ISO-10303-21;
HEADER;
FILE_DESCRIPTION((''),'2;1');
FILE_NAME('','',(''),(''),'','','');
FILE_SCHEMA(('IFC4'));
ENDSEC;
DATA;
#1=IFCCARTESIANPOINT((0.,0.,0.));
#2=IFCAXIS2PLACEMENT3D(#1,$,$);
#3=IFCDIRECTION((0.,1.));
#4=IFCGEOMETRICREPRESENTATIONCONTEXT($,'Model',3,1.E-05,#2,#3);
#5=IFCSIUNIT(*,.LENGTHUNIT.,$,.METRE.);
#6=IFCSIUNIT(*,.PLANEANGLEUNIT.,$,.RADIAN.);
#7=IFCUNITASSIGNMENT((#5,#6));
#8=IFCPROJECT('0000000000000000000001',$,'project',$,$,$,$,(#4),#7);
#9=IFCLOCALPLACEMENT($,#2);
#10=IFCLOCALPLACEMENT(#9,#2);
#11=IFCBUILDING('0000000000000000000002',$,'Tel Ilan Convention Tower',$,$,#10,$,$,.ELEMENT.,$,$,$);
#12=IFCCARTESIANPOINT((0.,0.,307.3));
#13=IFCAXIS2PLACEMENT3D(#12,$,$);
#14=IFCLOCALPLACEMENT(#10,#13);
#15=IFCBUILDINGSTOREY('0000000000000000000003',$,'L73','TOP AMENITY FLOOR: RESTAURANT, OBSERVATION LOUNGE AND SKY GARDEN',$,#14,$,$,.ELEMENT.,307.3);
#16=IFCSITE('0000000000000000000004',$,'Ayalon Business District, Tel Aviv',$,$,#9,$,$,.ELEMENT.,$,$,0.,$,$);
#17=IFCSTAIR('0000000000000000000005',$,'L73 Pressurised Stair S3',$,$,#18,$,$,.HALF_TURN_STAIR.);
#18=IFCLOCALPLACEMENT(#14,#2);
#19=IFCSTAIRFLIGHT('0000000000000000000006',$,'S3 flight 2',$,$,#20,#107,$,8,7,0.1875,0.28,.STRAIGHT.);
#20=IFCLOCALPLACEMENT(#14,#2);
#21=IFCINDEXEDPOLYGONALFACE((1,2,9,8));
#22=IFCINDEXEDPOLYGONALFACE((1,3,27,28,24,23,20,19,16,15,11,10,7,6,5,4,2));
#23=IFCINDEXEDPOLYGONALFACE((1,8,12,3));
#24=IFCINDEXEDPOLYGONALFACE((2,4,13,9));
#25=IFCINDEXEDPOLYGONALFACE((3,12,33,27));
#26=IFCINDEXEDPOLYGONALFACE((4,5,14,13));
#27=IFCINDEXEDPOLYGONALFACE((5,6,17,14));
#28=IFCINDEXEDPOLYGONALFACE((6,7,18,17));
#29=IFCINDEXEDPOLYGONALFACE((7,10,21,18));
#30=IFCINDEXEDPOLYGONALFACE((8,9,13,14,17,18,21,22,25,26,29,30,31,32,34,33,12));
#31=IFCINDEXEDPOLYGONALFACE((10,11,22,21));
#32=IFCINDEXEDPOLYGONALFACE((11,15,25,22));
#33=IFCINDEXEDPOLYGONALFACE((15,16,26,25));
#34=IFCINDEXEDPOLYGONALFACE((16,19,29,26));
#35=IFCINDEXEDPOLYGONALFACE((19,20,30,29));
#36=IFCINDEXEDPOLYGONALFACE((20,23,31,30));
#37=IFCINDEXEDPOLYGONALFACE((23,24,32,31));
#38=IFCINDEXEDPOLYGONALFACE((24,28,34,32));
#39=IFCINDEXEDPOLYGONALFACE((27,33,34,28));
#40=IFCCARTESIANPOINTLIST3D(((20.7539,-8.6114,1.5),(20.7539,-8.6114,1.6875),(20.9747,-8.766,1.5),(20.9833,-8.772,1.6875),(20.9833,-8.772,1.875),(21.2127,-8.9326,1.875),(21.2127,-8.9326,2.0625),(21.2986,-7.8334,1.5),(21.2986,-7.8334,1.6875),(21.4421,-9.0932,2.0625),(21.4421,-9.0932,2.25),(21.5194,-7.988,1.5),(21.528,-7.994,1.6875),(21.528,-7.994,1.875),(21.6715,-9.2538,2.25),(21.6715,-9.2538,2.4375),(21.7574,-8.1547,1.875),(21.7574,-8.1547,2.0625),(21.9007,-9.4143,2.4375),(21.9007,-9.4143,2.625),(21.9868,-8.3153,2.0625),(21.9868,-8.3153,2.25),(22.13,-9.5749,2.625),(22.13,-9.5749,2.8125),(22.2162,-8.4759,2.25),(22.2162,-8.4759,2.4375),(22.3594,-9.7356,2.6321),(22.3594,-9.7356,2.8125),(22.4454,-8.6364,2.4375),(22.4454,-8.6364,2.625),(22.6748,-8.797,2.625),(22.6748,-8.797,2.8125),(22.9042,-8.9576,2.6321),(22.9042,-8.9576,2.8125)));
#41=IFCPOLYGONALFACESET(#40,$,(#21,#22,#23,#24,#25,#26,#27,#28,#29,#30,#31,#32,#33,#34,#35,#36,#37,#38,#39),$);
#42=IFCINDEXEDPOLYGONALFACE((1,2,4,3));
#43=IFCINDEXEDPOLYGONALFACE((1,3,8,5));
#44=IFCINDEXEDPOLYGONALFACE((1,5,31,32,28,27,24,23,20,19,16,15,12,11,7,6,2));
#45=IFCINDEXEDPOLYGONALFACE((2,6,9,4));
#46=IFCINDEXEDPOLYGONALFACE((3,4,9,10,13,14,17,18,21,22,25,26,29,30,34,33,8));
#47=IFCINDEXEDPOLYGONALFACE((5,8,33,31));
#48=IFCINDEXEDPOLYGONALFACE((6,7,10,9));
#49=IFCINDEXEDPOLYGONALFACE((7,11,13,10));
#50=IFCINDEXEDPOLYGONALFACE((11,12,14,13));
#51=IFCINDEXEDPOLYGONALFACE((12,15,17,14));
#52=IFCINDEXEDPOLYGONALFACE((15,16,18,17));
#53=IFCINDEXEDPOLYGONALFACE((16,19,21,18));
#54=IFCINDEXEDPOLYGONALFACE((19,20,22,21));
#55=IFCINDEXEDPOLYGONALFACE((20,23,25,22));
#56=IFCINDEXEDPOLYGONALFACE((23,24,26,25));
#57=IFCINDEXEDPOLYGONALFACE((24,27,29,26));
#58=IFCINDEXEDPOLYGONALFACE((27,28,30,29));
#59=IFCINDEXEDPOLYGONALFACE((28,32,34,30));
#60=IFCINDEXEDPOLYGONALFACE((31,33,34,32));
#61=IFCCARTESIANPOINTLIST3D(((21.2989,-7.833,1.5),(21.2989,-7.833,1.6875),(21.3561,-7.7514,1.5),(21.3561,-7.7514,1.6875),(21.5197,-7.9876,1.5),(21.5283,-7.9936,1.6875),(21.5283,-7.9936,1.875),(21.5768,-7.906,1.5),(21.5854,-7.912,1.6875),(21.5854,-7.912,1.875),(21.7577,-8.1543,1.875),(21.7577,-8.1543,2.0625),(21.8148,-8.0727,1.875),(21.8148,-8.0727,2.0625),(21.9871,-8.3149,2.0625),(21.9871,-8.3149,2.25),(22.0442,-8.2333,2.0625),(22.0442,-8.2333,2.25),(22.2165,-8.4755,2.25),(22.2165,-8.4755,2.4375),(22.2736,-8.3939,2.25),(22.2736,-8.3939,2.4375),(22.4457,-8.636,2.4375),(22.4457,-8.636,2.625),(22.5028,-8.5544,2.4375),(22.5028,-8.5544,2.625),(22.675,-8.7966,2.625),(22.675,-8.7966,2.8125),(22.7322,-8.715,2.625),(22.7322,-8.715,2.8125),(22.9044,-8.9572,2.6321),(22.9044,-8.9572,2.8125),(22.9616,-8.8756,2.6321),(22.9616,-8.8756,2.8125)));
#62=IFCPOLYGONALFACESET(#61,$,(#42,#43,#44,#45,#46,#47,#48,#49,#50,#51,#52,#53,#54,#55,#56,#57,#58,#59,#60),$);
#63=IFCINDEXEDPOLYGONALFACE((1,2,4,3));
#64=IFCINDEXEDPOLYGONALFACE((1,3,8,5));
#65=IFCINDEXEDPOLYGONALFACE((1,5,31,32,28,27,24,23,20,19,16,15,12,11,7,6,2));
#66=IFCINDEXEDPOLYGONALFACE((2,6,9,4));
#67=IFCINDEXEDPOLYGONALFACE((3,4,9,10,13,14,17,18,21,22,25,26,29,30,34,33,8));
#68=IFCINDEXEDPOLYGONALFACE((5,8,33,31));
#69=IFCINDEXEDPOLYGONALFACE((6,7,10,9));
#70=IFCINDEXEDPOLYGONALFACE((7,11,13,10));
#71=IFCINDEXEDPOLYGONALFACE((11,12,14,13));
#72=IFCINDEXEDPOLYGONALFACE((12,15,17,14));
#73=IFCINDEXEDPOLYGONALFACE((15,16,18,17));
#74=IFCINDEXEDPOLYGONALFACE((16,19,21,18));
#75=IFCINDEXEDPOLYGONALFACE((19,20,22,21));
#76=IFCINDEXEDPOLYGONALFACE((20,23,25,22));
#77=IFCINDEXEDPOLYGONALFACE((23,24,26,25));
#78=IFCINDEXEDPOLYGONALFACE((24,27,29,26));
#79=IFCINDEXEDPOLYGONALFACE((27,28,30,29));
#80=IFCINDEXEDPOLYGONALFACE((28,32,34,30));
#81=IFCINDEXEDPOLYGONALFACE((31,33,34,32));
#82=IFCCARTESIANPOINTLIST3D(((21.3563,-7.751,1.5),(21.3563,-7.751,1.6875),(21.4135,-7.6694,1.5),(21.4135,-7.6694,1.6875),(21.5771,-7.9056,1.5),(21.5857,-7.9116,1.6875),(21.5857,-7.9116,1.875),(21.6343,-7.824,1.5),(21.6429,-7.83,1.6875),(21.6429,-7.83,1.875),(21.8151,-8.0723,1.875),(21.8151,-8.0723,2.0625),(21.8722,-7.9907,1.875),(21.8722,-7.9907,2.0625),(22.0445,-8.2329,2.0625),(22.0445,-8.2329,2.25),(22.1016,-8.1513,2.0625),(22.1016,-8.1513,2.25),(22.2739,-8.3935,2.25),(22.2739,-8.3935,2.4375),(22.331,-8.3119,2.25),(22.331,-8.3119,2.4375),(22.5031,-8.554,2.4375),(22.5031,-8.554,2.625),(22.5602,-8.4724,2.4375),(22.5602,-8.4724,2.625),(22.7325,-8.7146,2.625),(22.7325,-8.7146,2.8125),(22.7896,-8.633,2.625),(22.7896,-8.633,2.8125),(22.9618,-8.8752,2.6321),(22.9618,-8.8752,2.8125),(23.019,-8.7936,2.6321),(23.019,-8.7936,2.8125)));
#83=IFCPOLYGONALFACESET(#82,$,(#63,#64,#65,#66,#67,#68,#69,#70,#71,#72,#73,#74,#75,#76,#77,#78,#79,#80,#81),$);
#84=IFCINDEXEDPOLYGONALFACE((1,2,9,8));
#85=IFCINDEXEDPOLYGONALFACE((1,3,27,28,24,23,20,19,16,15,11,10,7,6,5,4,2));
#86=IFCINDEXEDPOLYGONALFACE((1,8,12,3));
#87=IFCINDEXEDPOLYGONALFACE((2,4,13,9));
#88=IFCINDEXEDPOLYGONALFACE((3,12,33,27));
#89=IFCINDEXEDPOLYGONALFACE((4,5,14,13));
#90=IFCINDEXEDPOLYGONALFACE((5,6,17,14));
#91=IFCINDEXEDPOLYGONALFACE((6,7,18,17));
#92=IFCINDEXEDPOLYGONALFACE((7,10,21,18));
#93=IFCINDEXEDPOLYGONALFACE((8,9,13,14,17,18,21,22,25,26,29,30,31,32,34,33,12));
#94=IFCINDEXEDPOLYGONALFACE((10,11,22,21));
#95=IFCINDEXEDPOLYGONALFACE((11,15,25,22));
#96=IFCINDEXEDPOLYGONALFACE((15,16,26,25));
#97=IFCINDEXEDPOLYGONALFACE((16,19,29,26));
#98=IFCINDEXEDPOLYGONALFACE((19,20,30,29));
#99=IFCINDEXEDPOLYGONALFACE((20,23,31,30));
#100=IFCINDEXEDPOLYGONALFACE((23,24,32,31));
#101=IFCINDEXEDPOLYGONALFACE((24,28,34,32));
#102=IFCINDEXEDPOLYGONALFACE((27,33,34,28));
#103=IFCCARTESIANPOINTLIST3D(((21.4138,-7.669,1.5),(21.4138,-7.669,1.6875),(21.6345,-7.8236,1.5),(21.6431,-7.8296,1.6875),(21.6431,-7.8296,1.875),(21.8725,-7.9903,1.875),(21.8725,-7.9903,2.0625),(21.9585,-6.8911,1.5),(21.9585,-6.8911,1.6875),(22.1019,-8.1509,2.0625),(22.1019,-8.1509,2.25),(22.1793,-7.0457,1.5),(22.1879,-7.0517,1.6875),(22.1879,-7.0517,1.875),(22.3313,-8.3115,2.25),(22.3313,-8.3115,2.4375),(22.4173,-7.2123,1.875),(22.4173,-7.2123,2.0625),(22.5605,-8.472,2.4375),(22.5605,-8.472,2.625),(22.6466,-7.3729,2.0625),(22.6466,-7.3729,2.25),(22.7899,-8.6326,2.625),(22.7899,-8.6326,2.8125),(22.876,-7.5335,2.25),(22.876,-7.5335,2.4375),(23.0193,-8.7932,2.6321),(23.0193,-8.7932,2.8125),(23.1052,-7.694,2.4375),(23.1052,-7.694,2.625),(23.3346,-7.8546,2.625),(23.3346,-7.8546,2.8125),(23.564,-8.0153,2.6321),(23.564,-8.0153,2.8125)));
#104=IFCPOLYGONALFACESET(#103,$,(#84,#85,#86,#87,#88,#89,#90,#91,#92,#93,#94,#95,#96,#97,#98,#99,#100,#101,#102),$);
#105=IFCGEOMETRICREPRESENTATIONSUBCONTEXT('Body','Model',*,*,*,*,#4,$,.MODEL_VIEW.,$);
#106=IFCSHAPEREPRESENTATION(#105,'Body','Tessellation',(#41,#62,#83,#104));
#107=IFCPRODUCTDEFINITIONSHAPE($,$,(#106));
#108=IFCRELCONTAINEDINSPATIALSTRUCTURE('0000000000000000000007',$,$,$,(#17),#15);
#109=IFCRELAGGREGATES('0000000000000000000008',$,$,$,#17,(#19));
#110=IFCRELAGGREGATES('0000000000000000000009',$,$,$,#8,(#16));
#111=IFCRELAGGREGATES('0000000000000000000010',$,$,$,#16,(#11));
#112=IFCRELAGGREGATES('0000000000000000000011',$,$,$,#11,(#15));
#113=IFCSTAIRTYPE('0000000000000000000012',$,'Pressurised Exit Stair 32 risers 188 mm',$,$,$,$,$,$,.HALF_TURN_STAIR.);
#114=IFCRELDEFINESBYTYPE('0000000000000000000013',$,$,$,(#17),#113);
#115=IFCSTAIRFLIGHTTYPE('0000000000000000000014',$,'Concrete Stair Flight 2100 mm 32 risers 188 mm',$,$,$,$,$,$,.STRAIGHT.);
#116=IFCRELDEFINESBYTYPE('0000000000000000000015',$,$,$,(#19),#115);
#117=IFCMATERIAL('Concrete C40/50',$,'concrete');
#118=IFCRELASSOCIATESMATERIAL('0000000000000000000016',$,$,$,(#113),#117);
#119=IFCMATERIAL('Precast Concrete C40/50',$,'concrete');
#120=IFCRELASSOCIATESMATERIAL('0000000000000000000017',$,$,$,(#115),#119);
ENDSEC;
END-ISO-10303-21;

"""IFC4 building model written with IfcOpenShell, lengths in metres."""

from ifc_helpers import new_model, si_unit, direction, frame, origin, place, context, subcontext, project, spatial, polyline, outline, extrude, material, type_object, element, aggregate, save


model = new_model("IFC4")

# Units and contexts
model_context = context("Model", 3, precision=1e-05, world=origin(), true_north=direction((0.0, 1.0)))
body_context = subcontext(model_context, "Body", "Model", "MODEL_VIEW")
ifc_project = project(units=[si_unit("LENGTHUNIT", "METRE"), si_unit("PLANEANGLEUNIT", "RADIAN")], contexts=[model_context])

# Site, building, storey
site_placement = place(None, origin())
site = spatial("IfcSite", under=ifc_project, at=site_placement, Name="Ayalon Business District, Tel Aviv", CompositionType="ELEMENT", RefElevation=0.0)
building_placement = place(site_placement, origin())
building = spatial("IfcBuilding", under=site, at=building_placement, Name="Tel Ilan Convention Tower", CompositionType="ELEMENT")
storey_placement = place(building_placement, frame((0.0, 0.0, 307.3)))
storey = spatial("IfcBuildingStorey", under=building, at=storey_placement, Name="L73", Description="TOP AMENITY FLOOR: RESTAURANT, OBSERVATION LOUNGE AND SKY GARDEN", CompositionType="ELEMENT", Elevation=307.3)

# Stair, stair flight
ifc_material_1 = material(Name="Concrete C40/50", Category="concrete")
stair_type = type_object("IfcStairType", Name="Pressurised Exit Stair 32 risers 188 mm", PredefinedType="HALF_TURN_STAIR", material=ifc_material_1)
stair_placement = place(storey_placement, origin())
stair = element("IfcStair", 1, at=stair_placement, inside=storey, type_object=stair_type, Name="L73 Pressurised Stair S3", PredefinedType="HALF_TURN_STAIR")
ifc_material_2 = material(Name="Precast Concrete C40/50", Category="concrete")
stair_flight_type = type_object("IfcStairFlightType", Name="Concrete Stair Flight 2100 mm 32 risers 188 mm", PredefinedType="STRAIGHT", material=ifc_material_2)
stair_flight_1_placement = place(storey_placement, frame((21.3562, -7.7512, 1.5), z_axis=(0.0, 0.0, 1.0), x_axis=(0.819152, -0.573576, 0.0)))
stair_flight_1 = element("IfcStairFlight", 2, at=stair_flight_1_placement, type_object=stair_flight_type, Name="S3 flight 2", NumberOfRisers=8, NumberOfTreads=7, PredefinedType="STRAIGHT", RiserHeight=0.1875, TreadLength=0.28, context=body_context, shape_type="SweptSolid", body=[
    extrude(outline(polyline([(0.0, 0.0), (0.0, 0.1875), (0.28, 0.1875), (0.28, 0.375), (0.5601, 0.375), (0.5601, 0.5625), (0.8401, 0.5625), (0.8401, 0.75), (1.1201, 0.75), (1.1201, 0.9375), (1.3999, 0.9375), (1.3999, 1.125), (1.6799, 1.125), (1.6799, 1.3125), (1.96, 1.3125), (1.96, 1.5), (1.96, 1.1321), (0.2695, 0.0), (0.0, 0.0)])), frame((0.0, -0.1003, 0.0), z_axis=(0.0, -1.0, 0.0), x_axis=(1.0, 0.0, 0.0)), (0.0, 0.0, 1.0), 0.9497),
    extrude(outline(polyline([(0.0, 0.0), (0.0, 0.1875), (0.28, 0.1875), (0.28, 0.375), (0.5601, 0.375), (0.5601, 0.5625), (0.8401, 0.5625), (0.8401, 0.75), (1.1201, 0.75), (1.1201, 0.9375), (1.3999, 0.9375), (1.3999, 1.125), (1.6799, 1.125), (1.6799, 1.3125), (1.96, 1.3125), (1.96, 1.5), (1.96, 1.1321), (0.2695, 0.0), (0.0, 0.0)])), frame((0.0, -0.0002, 0.0), z_axis=(0.0, -1.0, 0.0), x_axis=(1.0, 0.0, 0.0)), (0.0, 0.0, 1.0), 0.0996),
    extrude(outline(polyline([(0.0, 0.0), (0.0, 0.1875), (0.28, 0.1875), (0.28, 0.375), (0.5601, 0.375), (0.5601, 0.5625), (0.8401, 0.5625), (0.8401, 0.75), (1.1201, 0.75), (1.1201, 0.9375), (1.3999, 0.9375), (1.3999, 1.125), (1.6799, 1.125), (1.6799, 1.3125), (1.96, 1.3125), (1.96, 1.5), (1.96, 1.1321), (0.2695, 0.0), (0.0, 0.0)])), frame((0.0, 0.0999, 0.0), z_axis=(0.0, -1.0, 0.0), x_axis=(1.0, 0.0, 0.0)), (0.0, 0.0, 1.0), 0.0996),
    extrude(outline(polyline([(0.0, 0.0), (0.0, 0.1875), (0.28, 0.1875), (0.28, 0.375), (0.5601, 0.375), (0.5601, 0.5625), (0.8401, 0.5625), (0.8401, 0.75), (1.1201, 0.75), (1.1201, 0.9375), (1.3999, 0.9375), (1.3999, 1.125), (1.6799, 1.125), (1.6799, 1.3125), (1.96, 1.3125), (1.96, 1.5), (1.96, 1.1321), (0.2695, 0.0), (0.0, 0.0)])), frame((0.0, 1.05, 0.0), z_axis=(0.0, -1.0, 0.0), x_axis=(1.0, 0.0, 0.0)), (0.0, 0.0, 1.0), 0.9497),
])
aggregate(stair, [stair_flight_1])

save(model, "model.ifc")
